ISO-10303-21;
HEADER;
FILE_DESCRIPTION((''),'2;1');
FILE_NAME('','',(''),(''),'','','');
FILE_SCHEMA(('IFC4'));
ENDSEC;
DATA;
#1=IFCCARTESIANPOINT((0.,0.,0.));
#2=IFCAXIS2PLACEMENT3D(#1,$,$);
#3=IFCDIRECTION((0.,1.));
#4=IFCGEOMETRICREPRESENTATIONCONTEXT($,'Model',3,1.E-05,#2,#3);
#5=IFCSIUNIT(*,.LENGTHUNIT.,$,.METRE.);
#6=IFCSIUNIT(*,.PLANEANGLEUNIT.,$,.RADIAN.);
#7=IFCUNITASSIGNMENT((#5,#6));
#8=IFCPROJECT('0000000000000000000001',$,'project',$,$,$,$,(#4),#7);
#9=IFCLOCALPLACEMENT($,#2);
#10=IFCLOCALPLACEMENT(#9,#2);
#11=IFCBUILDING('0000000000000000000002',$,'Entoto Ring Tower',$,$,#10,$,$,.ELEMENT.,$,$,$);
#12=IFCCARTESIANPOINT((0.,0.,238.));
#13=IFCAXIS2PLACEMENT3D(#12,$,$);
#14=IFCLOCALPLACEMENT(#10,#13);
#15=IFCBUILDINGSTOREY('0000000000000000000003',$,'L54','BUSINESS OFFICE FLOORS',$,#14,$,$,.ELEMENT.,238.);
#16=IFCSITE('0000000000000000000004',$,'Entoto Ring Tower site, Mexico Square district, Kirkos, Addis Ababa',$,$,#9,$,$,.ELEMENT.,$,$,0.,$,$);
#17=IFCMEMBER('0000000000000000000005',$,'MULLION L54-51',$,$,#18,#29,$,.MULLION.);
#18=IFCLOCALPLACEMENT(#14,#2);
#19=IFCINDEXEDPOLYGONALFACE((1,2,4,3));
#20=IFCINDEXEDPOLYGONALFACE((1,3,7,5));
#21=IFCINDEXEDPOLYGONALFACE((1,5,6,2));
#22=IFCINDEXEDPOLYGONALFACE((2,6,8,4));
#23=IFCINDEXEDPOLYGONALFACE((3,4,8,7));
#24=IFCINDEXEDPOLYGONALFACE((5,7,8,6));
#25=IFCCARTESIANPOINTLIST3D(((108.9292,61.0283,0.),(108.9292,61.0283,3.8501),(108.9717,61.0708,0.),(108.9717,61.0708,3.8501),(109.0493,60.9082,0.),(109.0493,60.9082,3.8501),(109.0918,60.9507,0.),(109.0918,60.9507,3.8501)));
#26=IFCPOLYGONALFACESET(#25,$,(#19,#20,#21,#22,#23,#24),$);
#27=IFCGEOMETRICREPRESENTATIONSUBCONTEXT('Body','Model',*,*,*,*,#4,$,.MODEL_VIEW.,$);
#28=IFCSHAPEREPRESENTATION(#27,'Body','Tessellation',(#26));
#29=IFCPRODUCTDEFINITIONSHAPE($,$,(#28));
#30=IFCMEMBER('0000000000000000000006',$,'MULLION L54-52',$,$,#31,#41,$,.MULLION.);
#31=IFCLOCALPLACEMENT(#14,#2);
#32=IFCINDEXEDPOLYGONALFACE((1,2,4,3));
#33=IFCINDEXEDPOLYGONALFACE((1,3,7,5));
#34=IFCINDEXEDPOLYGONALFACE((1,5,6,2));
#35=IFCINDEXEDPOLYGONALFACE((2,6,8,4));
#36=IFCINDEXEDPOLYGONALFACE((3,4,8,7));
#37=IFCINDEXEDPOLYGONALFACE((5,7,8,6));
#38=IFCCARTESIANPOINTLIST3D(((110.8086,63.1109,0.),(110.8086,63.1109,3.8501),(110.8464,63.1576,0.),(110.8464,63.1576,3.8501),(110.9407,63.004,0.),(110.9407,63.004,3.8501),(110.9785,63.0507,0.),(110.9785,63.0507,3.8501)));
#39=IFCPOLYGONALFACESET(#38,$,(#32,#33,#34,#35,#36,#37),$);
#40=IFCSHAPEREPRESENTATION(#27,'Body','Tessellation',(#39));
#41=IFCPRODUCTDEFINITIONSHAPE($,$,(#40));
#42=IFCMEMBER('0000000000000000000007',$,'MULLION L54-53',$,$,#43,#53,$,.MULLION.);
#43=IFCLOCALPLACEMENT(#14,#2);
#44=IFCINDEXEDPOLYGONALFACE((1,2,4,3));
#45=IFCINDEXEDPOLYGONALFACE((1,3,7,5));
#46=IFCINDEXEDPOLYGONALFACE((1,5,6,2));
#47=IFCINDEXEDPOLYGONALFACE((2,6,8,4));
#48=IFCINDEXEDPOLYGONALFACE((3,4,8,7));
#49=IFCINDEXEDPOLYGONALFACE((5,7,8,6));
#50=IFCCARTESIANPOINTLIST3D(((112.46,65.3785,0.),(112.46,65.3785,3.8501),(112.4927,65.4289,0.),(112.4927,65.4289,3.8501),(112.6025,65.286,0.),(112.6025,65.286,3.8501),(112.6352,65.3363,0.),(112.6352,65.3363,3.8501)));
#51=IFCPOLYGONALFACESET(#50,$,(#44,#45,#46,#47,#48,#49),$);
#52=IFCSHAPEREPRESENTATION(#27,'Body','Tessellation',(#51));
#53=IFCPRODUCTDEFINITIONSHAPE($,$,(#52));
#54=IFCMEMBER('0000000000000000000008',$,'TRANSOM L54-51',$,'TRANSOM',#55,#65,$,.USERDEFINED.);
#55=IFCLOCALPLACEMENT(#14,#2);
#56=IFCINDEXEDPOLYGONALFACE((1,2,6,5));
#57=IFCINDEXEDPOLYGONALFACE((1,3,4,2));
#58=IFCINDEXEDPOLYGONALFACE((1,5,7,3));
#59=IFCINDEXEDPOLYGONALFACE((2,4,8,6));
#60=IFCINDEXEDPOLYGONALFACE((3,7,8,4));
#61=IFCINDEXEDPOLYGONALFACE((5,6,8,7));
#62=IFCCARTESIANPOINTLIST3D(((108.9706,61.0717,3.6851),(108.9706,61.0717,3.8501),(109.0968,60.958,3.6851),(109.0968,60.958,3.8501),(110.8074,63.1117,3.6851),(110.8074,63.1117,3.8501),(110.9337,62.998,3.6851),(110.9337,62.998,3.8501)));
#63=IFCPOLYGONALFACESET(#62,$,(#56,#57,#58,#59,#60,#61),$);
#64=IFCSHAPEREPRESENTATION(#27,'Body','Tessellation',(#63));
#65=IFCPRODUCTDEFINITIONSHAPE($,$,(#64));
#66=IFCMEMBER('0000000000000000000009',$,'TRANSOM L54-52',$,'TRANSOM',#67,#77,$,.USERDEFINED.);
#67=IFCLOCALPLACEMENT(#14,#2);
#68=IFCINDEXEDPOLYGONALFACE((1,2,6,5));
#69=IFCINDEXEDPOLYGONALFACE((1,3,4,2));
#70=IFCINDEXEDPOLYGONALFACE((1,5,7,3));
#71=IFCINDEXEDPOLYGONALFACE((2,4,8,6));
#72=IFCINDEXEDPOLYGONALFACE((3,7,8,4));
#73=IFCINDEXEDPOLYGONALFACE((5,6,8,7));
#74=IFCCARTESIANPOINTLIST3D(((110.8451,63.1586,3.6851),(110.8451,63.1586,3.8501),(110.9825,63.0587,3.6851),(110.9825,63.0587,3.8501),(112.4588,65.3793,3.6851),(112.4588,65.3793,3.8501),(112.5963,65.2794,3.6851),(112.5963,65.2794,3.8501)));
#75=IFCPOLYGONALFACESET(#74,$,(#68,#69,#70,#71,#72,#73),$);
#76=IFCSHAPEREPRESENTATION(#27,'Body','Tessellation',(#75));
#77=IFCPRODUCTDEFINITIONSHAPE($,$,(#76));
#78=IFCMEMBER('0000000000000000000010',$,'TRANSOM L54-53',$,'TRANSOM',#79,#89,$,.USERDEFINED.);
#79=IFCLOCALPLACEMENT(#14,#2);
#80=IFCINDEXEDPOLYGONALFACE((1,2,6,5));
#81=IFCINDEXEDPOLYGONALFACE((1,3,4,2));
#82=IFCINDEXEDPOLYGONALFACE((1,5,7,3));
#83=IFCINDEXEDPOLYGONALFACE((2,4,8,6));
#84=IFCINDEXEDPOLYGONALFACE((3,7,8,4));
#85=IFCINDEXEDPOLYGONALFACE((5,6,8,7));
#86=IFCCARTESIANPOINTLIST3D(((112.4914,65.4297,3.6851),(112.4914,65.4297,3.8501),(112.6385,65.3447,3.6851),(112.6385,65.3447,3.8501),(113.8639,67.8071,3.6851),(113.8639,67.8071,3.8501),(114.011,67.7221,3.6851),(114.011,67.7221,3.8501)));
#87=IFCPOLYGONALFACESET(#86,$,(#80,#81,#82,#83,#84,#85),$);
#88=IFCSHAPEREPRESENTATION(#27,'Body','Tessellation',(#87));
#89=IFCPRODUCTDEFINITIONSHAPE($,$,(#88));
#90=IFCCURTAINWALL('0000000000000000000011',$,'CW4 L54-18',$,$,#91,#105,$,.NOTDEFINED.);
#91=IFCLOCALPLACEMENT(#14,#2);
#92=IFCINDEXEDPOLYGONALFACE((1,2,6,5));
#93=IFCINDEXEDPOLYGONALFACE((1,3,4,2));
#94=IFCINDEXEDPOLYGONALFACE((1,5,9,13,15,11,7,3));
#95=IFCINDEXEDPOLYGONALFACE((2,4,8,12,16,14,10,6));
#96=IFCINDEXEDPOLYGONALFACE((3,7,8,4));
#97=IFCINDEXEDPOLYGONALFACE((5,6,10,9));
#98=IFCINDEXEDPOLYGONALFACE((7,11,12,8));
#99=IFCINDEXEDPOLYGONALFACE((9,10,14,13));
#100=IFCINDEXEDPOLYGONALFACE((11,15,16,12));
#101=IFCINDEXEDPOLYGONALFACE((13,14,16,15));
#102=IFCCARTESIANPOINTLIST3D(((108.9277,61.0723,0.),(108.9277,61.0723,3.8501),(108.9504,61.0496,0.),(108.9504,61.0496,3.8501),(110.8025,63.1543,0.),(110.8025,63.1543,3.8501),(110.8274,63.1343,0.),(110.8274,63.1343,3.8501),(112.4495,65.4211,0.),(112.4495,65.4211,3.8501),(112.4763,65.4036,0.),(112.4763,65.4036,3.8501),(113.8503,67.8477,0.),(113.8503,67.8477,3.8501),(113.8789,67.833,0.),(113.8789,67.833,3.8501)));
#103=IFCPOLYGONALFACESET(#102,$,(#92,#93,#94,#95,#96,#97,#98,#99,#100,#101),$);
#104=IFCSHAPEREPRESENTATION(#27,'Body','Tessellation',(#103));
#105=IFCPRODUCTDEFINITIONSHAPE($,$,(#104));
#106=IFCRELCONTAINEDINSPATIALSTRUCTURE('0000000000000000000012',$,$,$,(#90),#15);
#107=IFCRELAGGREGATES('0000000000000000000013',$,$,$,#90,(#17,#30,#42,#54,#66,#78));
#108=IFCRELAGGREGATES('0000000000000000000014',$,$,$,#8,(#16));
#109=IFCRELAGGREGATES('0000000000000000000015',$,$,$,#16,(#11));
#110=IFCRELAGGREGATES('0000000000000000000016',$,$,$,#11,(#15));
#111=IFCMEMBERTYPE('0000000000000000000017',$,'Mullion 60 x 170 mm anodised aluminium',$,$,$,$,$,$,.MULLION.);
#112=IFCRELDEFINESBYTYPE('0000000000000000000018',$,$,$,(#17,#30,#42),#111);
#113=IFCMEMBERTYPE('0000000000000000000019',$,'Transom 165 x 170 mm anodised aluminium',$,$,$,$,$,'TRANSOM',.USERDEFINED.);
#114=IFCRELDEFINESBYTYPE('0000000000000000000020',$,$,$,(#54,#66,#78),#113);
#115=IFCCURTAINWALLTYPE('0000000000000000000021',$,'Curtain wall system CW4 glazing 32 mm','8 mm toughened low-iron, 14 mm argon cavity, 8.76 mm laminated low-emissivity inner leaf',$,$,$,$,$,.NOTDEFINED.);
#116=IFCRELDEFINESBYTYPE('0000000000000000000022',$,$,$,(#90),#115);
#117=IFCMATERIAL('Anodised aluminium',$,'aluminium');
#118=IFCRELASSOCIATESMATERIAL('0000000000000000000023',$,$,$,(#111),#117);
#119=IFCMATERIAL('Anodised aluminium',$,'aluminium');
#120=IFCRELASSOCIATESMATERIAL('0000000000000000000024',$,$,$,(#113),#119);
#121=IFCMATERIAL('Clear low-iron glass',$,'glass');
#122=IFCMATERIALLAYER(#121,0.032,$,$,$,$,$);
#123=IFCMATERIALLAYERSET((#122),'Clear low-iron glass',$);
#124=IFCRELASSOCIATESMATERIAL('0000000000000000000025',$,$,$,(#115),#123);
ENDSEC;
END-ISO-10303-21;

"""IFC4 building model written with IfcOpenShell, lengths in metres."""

from ifc_helpers import new_model, si_unit, direction, frame, origin, origin_2d, place, context, subcontext, project, spatial, polyline, rectangle, outline, extrude, material, layer, layer_set, material_profile, profile_set, type_object, element, aggregate, save


model = new_model("IFC4")

# Units and contexts
model_context = context("Model", 3, precision=1e-05, world=origin(), true_north=direction((0.0, 1.0)))
body_context = subcontext(model_context, "Body", "Model", "MODEL_VIEW")
ifc_project = project(units=[si_unit("LENGTHUNIT", "METRE"), si_unit("PLANEANGLEUNIT", "RADIAN")], contexts=[model_context])

# Members
ifc_material_1 = material(Name="Anodised aluminium", Category="aluminium")
ifc_material_profile_1 = material_profile(ifc_material_1, rectangle(XDim=0.0601, YDim=0.1699, at=origin_2d()), Name="Mullion 60 x 170 mm anodised aluminium")
ifc_profile_set_1 = profile_set([ifc_material_profile_1], Name="Anodised aluminium")
member_type_1 = type_object("IfcMemberType", Name="Mullion 60 x 170 mm anodised aluminium", PredefinedType="MULLION", material=ifc_profile_set_1)
site_placement = place(None, origin())
building_placement = place(site_placement, origin())
storey_placement = place(building_placement, frame((0.0, 0.0, 238.0)))
member_1_placement = place(storey_placement, frame((109.0105, 60.9895, 0.0), z_axis=(0.0, 0.0, 1.0), x_axis=(0.707107, 0.707107, 0.0)))
member_1 = element("IfcMember", 1, at=member_1_placement, type_object=member_type_1, Name="MULLION L54-51", PredefinedType="MULLION", context=body_context, shape_type="SweptSolid", body=[
    extrude(rectangle(XDim=0.0601, YDim=0.1699, at=origin_2d()), origin(), (0.0, 0.0, 1.0), 3.8501),
])
member_2_placement = place(storey_placement, frame((110.8936, 63.0808, 0.0), z_axis=(0.0, 0.0, 1.0), x_axis=(0.62932, 0.777146, 0.0)))
member_2 = element("IfcMember", 2, at=member_2_placement, type_object=member_type_1, Name="MULLION L54-52", PredefinedType="MULLION", context=body_context, shape_type="SweptSolid", body=[
    extrude(rectangle(XDim=0.0601, YDim=0.1699, at=origin_2d()), origin(), (0.0, 0.0, 1.0), 3.8501),
])
member_3_placement = place(storey_placement, frame((112.5476, 65.3574, 0.0), z_axis=(0.0, 0.0, 1.0), x_axis=(0.544639, 0.838671, 0.0)))
member_3 = element("IfcMember", 3, at=member_3_placement, type_object=member_type_1, Name="MULLION L54-53", PredefinedType="MULLION", context=body_context, shape_type="SweptSolid", body=[
    extrude(rectangle(XDim=0.0601, YDim=0.1699, at=origin_2d()), origin(), (0.0, 0.0, 1.0), 3.8501),
])
ifc_material_2 = material(Name="Anodised aluminium", Category="aluminium")
ifc_material_profile_2 = material_profile(ifc_material_2, rectangle(XDim=0.1699, YDim=0.165, at=origin_2d()), Name="Transom 165 x 170 mm anodised aluminium")
ifc_profile_set_2 = profile_set([ifc_material_profile_2], Name="Anodised aluminium")
member_type_2 = type_object("IfcMemberType", Name="Transom 165 x 170 mm anodised aluminium", ElementType="TRANSOM", PredefinedType="USERDEFINED", material=ifc_profile_set_2)
member_4_placement = place(storey_placement, frame((109.0337, 61.0149, 3.7676), z_axis=(0.669142, 0.743135, 0.0), x_axis=(-0.743135, 0.669142, 0.0)))
member_4 = element("IfcMember", 4, at=member_4_placement, type_object=member_type_2, Name="TRANSOM L54-51", ObjectType="TRANSOM", PredefinedType="USERDEFINED", context=body_context, shape_type="SweptSolid", body=[
    extrude(rectangle(XDim=0.1699, YDim=0.165, at=origin_2d()), origin(), (0.0, 0.0, 1.0), 2.7451),
])
member_5_placement = place(storey_placement, frame((110.9138, 63.1086, 3.7676), z_axis=(0.587865, 0.808959, 0.0), x_axis=(-0.808959, 0.587865, 0.0)))
member_5 = element("IfcMember", 5, at=member_5_placement, type_object=member_type_2, Name="TRANSOM L54-52", ObjectType="TRANSOM", PredefinedType="USERDEFINED", context=body_context, shape_type="SweptSolid", body=[
    extrude(rectangle(XDim=0.1699, YDim=0.165, at=origin_2d()), origin(), (0.0, 0.0, 1.0), 2.7451),
])
member_6_placement = place(storey_placement, frame((112.5649, 65.3872, 3.7676), z_axis=(0.499984, 0.866035, 0.0), x_axis=(-0.866035, 0.499984, 0.0)))
member_6 = element("IfcMember", 6, at=member_6_placement, type_object=member_type_2, Name="TRANSOM L54-53", ObjectType="TRANSOM", PredefinedType="USERDEFINED", context=body_context, shape_type="SweptSolid", body=[
    extrude(rectangle(XDim=0.1699, YDim=0.165, at=origin_2d()), origin(), (0.0, 0.0, 1.0), 2.7451),
])

# Site, building, storey
site = spatial("IfcSite", under=ifc_project, at=site_placement, Name="Entoto Ring Tower site, Mexico Square district, Kirkos, Addis Ababa", CompositionType="ELEMENT", RefElevation=0.0)
building = spatial("IfcBuilding", under=site, at=building_placement, Name="Entoto Ring Tower", CompositionType="ELEMENT")
storey = spatial("IfcBuildingStorey", under=building, at=storey_placement, Name="L54", Description="BUSINESS OFFICE FLOORS", CompositionType="ELEMENT", Elevation=238.0)

# Curtain wall
ifc_material_3 = material(Name="Clear low-iron glass", Category="glass")
ifc_layer = layer(ifc_material_3, 0.032)
ifc_layer_set = layer_set([ifc_layer], Name="Clear low-iron glass")
curtain_wall_type = type_object("IfcCurtainWallType", Name="Curtain wall system CW4 glazing 32 mm", Description="8 mm toughened low-iron, 14 mm argon cavity, 8.76 mm laminated low-emissivity inner leaf", PredefinedType="NOTDEFINED", material=ifc_layer_set)
curtain_wall_1_placement = place(storey_placement, origin())
curtain_wall_1 = element("IfcCurtainWall", 7, at=curtain_wall_1_placement, inside=storey, type_object=curtain_wall_type, Name="CW4 L54-18", PredefinedType="NOTDEFINED", context=body_context, shape_type="SweptSolid", body=[
    extrude(outline(polyline([(108.9504, 61.0496), (110.8274, 63.1343), (112.4763, 65.4036), (113.8789, 67.833), (113.8503, 67.8477), (112.4495, 65.4211), (110.8025, 63.1543), (108.9277, 61.0723), (108.9504, 61.0496)])), origin(), (0.0, 0.0, 1.0), 3.8501),
])
aggregate(curtain_wall_1, [member_1, member_2, member_3, member_4, member_5, member_6])

save(model, "model.ifc")
